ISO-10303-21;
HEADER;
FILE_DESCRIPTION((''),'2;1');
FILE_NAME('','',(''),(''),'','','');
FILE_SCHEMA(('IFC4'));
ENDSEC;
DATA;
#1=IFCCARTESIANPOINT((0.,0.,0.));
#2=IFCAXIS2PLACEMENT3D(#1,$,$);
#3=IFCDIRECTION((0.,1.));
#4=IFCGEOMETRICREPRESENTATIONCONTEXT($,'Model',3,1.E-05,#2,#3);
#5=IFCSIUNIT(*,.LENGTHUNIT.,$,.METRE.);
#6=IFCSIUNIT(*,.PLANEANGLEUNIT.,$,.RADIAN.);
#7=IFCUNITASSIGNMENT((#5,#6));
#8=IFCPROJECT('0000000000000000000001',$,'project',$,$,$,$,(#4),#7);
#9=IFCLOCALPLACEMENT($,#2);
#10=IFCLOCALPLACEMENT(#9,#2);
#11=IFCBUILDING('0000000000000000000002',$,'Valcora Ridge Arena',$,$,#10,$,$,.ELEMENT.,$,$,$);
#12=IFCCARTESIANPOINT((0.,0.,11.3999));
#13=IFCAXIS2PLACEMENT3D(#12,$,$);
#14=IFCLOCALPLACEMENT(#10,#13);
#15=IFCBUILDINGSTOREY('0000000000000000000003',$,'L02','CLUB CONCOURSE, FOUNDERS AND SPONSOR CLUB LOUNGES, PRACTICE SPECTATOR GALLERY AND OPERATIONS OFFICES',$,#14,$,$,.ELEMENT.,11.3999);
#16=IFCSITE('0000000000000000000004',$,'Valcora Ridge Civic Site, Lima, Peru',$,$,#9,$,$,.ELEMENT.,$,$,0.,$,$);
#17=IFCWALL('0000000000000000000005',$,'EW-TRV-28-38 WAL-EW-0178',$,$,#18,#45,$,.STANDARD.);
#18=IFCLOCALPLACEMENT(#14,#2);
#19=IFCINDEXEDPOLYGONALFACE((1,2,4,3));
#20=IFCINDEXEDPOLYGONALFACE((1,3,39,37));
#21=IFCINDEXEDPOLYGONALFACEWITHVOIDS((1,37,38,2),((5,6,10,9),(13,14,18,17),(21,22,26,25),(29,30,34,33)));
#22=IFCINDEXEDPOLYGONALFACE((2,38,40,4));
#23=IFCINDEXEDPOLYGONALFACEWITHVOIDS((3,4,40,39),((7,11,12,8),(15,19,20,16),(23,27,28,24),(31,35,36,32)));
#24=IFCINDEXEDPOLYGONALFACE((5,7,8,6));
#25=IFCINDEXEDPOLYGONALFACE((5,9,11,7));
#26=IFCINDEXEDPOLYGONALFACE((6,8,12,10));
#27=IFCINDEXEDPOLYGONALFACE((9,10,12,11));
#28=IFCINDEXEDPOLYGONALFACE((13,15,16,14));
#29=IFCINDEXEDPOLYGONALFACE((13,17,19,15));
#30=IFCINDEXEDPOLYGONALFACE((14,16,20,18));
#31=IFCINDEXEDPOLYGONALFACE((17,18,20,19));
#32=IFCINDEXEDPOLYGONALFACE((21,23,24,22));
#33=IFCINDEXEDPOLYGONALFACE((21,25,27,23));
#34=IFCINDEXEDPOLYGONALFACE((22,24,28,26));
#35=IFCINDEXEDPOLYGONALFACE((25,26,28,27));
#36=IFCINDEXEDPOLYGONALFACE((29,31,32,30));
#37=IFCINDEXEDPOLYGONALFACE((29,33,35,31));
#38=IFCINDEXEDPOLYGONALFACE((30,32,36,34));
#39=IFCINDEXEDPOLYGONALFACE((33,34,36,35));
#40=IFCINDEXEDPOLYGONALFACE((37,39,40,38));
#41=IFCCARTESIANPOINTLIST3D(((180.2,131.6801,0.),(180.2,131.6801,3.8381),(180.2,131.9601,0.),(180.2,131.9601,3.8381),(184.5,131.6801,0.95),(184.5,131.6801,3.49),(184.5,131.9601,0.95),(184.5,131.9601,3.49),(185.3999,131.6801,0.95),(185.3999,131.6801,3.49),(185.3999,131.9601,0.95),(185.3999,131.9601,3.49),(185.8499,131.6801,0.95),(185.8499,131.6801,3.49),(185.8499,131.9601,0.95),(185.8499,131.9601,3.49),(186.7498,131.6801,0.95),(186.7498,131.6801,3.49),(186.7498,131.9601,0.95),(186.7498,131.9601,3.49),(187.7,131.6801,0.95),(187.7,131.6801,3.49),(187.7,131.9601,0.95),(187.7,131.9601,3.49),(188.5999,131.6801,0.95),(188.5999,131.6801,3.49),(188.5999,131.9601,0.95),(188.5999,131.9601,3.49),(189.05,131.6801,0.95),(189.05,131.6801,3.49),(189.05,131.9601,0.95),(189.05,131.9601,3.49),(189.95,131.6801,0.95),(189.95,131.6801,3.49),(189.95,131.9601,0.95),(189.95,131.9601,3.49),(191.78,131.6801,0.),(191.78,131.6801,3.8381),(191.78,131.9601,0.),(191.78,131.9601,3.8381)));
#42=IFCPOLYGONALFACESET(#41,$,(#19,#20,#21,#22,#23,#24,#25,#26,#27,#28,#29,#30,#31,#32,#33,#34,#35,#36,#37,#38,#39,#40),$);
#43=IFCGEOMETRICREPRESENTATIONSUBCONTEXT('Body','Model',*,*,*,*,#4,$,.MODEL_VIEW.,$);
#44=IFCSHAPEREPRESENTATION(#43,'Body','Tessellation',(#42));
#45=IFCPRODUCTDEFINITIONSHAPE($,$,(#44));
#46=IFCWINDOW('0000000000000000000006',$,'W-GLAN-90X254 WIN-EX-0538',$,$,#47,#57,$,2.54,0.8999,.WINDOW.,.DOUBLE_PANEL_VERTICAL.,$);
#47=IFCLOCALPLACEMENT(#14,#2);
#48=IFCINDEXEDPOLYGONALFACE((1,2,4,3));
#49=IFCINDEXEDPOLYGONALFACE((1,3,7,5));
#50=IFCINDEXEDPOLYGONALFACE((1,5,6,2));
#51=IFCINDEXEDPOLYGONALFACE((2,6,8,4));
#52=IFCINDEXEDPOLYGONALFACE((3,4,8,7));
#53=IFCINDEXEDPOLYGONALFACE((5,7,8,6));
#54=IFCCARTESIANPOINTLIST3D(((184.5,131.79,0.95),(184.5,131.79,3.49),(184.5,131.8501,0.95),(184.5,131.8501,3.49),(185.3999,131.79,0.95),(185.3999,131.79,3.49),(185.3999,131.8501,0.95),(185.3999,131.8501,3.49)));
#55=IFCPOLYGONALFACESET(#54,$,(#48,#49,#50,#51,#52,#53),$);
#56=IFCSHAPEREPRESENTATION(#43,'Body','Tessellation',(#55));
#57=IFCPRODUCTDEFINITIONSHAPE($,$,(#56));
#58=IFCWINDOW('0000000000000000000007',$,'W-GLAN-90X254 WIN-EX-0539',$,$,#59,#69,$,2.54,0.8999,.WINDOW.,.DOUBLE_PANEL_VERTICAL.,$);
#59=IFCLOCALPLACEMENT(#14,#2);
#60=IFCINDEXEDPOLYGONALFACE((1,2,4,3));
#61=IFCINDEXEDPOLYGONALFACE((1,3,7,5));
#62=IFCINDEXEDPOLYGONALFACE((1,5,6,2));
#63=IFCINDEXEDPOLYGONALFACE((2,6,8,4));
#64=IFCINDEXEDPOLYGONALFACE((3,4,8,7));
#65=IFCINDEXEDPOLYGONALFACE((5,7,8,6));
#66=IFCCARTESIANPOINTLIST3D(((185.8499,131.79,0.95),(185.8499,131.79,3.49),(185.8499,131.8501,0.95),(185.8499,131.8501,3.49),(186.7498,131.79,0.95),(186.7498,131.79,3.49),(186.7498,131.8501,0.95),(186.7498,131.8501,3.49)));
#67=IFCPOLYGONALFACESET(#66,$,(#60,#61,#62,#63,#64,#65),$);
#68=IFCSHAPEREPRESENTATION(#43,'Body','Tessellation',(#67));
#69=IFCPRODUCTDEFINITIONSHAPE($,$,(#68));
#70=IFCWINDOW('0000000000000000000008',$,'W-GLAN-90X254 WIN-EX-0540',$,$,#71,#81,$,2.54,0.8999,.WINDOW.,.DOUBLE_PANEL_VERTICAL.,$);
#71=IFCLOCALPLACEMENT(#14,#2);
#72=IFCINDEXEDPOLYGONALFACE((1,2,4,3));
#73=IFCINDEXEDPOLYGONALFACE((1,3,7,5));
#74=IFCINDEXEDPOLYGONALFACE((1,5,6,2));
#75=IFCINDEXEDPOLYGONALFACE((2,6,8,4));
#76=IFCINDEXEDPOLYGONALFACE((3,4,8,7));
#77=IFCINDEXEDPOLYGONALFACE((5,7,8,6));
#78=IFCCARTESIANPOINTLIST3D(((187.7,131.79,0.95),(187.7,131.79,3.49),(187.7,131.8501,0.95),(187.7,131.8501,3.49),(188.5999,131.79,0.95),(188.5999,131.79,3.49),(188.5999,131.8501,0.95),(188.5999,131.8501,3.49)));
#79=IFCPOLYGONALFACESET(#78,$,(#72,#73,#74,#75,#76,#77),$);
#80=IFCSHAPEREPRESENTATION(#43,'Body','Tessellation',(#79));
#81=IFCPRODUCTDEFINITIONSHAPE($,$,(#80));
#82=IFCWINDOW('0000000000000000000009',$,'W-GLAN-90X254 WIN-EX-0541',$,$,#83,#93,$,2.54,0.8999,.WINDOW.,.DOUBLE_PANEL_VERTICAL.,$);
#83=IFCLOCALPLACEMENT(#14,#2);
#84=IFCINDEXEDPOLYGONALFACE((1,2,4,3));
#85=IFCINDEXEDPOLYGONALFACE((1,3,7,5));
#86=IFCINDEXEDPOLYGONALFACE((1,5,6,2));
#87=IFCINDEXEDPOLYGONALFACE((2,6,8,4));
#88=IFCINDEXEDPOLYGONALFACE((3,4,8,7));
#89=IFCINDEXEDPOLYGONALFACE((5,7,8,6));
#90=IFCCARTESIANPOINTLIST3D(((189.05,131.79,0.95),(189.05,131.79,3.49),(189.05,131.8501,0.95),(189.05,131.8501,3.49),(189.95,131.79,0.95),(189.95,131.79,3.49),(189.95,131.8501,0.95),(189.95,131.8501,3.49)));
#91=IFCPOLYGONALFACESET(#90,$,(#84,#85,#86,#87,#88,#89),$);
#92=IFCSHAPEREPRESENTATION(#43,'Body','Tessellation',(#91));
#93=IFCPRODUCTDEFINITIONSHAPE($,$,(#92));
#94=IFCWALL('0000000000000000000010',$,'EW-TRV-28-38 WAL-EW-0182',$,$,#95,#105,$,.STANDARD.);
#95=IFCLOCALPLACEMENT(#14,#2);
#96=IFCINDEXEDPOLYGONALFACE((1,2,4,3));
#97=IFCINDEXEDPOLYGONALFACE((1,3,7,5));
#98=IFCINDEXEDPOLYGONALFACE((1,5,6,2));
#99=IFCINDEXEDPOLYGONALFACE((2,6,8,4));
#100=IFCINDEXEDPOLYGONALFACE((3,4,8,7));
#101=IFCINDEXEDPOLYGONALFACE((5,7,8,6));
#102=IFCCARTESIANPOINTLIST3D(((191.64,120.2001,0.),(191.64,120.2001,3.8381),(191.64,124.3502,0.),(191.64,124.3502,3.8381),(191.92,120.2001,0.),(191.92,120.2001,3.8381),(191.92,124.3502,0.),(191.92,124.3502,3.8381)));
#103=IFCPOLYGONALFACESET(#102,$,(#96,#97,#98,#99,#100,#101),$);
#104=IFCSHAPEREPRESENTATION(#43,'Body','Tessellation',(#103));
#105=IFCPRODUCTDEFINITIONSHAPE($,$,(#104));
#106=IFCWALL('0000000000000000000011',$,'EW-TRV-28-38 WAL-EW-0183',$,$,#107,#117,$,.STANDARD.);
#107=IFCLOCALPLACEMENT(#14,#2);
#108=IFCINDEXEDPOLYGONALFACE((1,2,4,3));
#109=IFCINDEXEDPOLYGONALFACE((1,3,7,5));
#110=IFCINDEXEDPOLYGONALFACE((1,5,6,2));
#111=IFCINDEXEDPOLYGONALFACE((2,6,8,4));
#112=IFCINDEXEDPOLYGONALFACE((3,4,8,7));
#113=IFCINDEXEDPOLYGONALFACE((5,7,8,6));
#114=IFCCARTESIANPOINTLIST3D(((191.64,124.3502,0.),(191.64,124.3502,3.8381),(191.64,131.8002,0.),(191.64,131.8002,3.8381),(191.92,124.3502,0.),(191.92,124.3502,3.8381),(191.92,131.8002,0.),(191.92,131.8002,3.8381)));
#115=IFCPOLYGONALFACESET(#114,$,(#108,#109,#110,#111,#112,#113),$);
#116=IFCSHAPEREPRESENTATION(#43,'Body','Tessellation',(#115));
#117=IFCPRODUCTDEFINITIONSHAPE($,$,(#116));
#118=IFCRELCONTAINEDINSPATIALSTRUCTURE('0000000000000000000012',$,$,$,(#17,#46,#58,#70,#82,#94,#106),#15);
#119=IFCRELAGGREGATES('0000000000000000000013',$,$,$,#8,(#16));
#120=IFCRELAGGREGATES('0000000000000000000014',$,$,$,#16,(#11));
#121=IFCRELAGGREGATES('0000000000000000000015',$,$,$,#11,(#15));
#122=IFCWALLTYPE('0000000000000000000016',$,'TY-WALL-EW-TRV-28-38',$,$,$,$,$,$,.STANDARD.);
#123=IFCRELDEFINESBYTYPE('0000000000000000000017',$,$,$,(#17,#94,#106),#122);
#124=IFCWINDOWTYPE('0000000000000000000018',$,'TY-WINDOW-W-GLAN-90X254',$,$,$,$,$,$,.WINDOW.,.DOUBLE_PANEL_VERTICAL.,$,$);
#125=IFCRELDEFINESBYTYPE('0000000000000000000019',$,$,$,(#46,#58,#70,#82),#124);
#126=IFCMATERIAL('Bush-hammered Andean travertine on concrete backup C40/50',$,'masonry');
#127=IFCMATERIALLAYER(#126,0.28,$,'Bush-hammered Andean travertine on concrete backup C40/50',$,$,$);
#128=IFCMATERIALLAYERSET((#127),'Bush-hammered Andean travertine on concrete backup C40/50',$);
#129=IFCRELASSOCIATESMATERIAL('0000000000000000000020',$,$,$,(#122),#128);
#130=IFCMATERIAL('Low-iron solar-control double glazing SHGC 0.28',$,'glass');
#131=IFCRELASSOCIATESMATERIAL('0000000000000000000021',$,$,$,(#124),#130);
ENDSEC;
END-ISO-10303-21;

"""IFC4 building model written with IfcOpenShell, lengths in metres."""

from ifc_helpers import new_model, si_unit, direction, frame, frame_2d, origin, place, context, subcontext, project, spatial, rectangle, extrude, material, layer, layer_set, type_object, element, fill, save


model = new_model("IFC4")

# Units and contexts
model_context = context("Model", 3, precision=1e-05, world=origin(), true_north=direction((0.0, 1.0)))
body_context = subcontext(model_context, "Body", "Model", "MODEL_VIEW")
ifc_project = project(units=[si_unit("LENGTHUNIT", "METRE"), si_unit("PLANEANGLEUNIT", "RADIAN")], contexts=[model_context])

# Site, building, storey
site_placement = place(None, origin())
site = spatial("IfcSite", under=ifc_project, at=site_placement, Name="Valcora Ridge Civic Site, Lima, Peru", CompositionType="ELEMENT", RefElevation=0.0)
building_placement = place(site_placement, origin())
building = spatial("IfcBuilding", under=site, at=building_placement, Name="Valcora Ridge Arena", CompositionType="ELEMENT")
storey_placement = place(building_placement, frame((0.0, 0.0, 11.3999)))
storey = spatial("IfcBuildingStorey", under=building, at=storey_placement, Name="L02", Description="CLUB CONCOURSE, FOUNDERS AND SPONSOR CLUB LOUNGES, PRACTICE SPECTATOR GALLERY AND OPERATIONS OFFICES", CompositionType="ELEMENT", Elevation=11.3999)

# Wall, openings, windows
ifc_material_1 = material(Name="Bush-hammered Andean travertine on concrete backup C40/50", Category="masonry")
ifc_layer_1 = layer(ifc_material_1, 0.28, Name="Bush-hammered Andean travertine on concrete backup C40/50")
ifc_layer_set_1 = layer_set([ifc_layer_1], Name="Bush-hammered Andean travertine on concrete backup C40/50")
wall_type = type_object("IfcWallType", Name="TY-WALL-EW-TRV-28-38", PredefinedType="STANDARD", material=ifc_layer_set_1)
wall_1_placement = place(storey_placement, frame((180.2, 131.8201, 0.0), z_axis=(0.0, 0.0, 1.0), x_axis=(1.0, 0.0, 0.0)))
wall_1 = element("IfcWall", 1, at=wall_1_placement, inside=storey, type_object=wall_type, Name="EW-TRV-28-38 WAL-EW-0178", PredefinedType="STANDARD", context=body_context, shape_type="SweptSolid", body=[
    extrude(rectangle(XDim=11.5801, YDim=0.28, at=frame_2d((5.79, 0.0))), origin(), (0.0, 0.0, 1.0), 3.8381),
])
opening_1_placement = place(wall_1_placement, frame((4.3, 0.0, 0.95)))
opening_1 = element("IfcOpeningElement", 2, at=opening_1_placement, cuts=wall_1, PredefinedType="OPENING", context=body_context, shape_type="SweptSolid", body=[
    extrude(rectangle(XDim=0.8999, YDim=2.54, at=frame_2d((0.45, 1.27))), frame((0.0, 0.1499, 0.0), z_axis=(0.0, -1.0, 0.0), x_axis=(1.0, 0.0, 0.0)), (0.0, 0.0, 1.0), 0.3),
])
opening_2_placement = place(wall_1_placement, frame((5.6499, 0.0, 0.95)))
opening_2 = element("IfcOpeningElement", 3, at=opening_2_placement, cuts=wall_1, PredefinedType="OPENING", context=body_context, shape_type="SweptSolid", body=[
    extrude(rectangle(XDim=0.8999, YDim=2.54, at=frame_2d((0.45, 1.27))), frame((0.0, 0.1499, 0.0), z_axis=(0.0, -1.0, 0.0), x_axis=(1.0, 0.0, 0.0)), (0.0, 0.0, 1.0), 0.3),
])
opening_3_placement = place(wall_1_placement, frame((7.5, 0.0, 0.95)))
opening_3 = element("IfcOpeningElement", 4, at=opening_3_placement, cuts=wall_1, PredefinedType="OPENING", context=body_context, shape_type="SweptSolid", body=[
    extrude(rectangle(XDim=0.8999, YDim=2.54, at=frame_2d((0.45, 1.27))), frame((0.0, 0.1499, 0.0), z_axis=(0.0, -1.0, 0.0), x_axis=(1.0, 0.0, 0.0)), (0.0, 0.0, 1.0), 0.3),
])
opening_4_placement = place(wall_1_placement, frame((8.8501, 0.0, 0.95)))
opening_4 = element("IfcOpeningElement", 5, at=opening_4_placement, cuts=wall_1, PredefinedType="OPENING", context=body_context, shape_type="SweptSolid", body=[
    extrude(rectangle(XDim=0.8999, YDim=2.54, at=frame_2d((0.45, 1.27))), frame((0.0, 0.1499, 0.0), z_axis=(0.0, -1.0, 0.0), x_axis=(1.0, 0.0, 0.0)), (0.0, 0.0, 1.0), 0.3),
])
ifc_material_2 = material(Name="Low-iron solar-control double glazing SHGC 0.28", Category="glass")
window_type = type_object("IfcWindowType", Name="TY-WINDOW-W-GLAN-90X254", PartitioningType="DOUBLE_PANEL_VERTICAL", PredefinedType="WINDOW", material=ifc_material_2)
window_1_placement = place(opening_1_placement, origin())
window_1 = element("IfcWindow", 6, at=window_1_placement, inside=storey, type_object=window_type, Name="W-GLAN-90X254 WIN-EX-0538", OverallHeight=2.54, OverallWidth=0.8999, PartitioningType="DOUBLE_PANEL_VERTICAL", PredefinedType="WINDOW", context=body_context, shape_type="SweptSolid", body=[
    extrude(rectangle(XDim=0.8999, YDim=2.54, at=frame_2d((0.45, 1.27))), frame((0.0, 0.03, 0.0), z_axis=(0.0, -1.0, 0.0), x_axis=(1.0, 0.0, 0.0)), (0.0, 0.0, 1.0), 0.0601),
])
fill(opening_1, window_1)
window_2_placement = place(opening_2_placement, origin())
window_2 = element("IfcWindow", 7, at=window_2_placement, inside=storey, type_object=window_type, Name="W-GLAN-90X254 WIN-EX-0539", OverallHeight=2.54, OverallWidth=0.8999, PartitioningType="DOUBLE_PANEL_VERTICAL", PredefinedType="WINDOW", context=body_context, shape_type="SweptSolid", body=[
    extrude(rectangle(XDim=0.8999, YDim=2.54, at=frame_2d((0.45, 1.27))), frame((0.0, 0.03, 0.0), z_axis=(0.0, -1.0, 0.0), x_axis=(1.0, 0.0, 0.0)), (0.0, 0.0, 1.0), 0.0601),
])
fill(opening_2, window_2)
window_3_placement = place(opening_3_placement, origin())
window_3 = element("IfcWindow", 8, at=window_3_placement, inside=storey, type_object=window_type, Name="W-GLAN-90X254 WIN-EX-0540", OverallHeight=2.54, OverallWidth=0.8999, PartitioningType="DOUBLE_PANEL_VERTICAL", PredefinedType="WINDOW", context=body_context, shape_type="SweptSolid", body=[
    extrude(rectangle(XDim=0.8999, YDim=2.54, at=frame_2d((0.45, 1.27))), frame((0.0, 0.03, 0.0), z_axis=(0.0, -1.0, 0.0), x_axis=(1.0, 0.0, 0.0)), (0.0, 0.0, 1.0), 0.0601),
])
fill(opening_3, window_3)
window_4_placement = place(opening_4_placement, origin())
window_4 = element("IfcWindow", 9, at=window_4_placement, inside=storey, type_object=window_type, Name="W-GLAN-90X254 WIN-EX-0541", OverallHeight=2.54, OverallWidth=0.8999, PartitioningType="DOUBLE_PANEL_VERTICAL", PredefinedType="WINDOW", context=body_context, shape_type="SweptSolid", body=[
    extrude(rectangle(XDim=0.8999, YDim=2.54, at=frame_2d((0.45, 1.27))), frame((0.0, 0.03, 0.0), z_axis=(0.0, -1.0, 0.0), x_axis=(1.0, 0.0, 0.0)), (0.0, 0.0, 1.0), 0.0601),
])
fill(opening_4, window_4)

# Walls
wall_2_placement = place(storey_placement, frame((191.78, 120.2, 0.0), z_axis=(0.0, 0.0, 1.0), x_axis=(0.0, 1.0, 0.0)))
element("IfcWall", 10, at=wall_2_placement, inside=storey, type_object=wall_type, Name="EW-TRV-28-38 WAL-EW-0182", PredefinedType="STANDARD", context=body_context, shape_type="SweptSolid", body=[
    extrude(rectangle(XDim=4.1501, YDim=0.28, at=frame_2d((2.0752, 0.0))), origin(), (0.0, 0.0, 1.0), 3.8381),
])
wall_3_placement = place(storey_placement, frame((191.78, 124.3501, 0.0), z_axis=(0.0, 0.0, 1.0), x_axis=(0.0, 1.0, 0.0)))
element("IfcWall", 11, at=wall_3_placement, inside=storey, type_object=wall_type, Name="EW-TRV-28-38 WAL-EW-0183", PredefinedType="STANDARD", context=body_context, shape_type="SweptSolid", body=[
    extrude(rectangle(XDim=7.45, YDim=0.28, at=frame_2d((3.7251, 0.0))), origin(), (0.0, 0.0, 1.0), 3.8381),
])

save(model, "model.ifc")
